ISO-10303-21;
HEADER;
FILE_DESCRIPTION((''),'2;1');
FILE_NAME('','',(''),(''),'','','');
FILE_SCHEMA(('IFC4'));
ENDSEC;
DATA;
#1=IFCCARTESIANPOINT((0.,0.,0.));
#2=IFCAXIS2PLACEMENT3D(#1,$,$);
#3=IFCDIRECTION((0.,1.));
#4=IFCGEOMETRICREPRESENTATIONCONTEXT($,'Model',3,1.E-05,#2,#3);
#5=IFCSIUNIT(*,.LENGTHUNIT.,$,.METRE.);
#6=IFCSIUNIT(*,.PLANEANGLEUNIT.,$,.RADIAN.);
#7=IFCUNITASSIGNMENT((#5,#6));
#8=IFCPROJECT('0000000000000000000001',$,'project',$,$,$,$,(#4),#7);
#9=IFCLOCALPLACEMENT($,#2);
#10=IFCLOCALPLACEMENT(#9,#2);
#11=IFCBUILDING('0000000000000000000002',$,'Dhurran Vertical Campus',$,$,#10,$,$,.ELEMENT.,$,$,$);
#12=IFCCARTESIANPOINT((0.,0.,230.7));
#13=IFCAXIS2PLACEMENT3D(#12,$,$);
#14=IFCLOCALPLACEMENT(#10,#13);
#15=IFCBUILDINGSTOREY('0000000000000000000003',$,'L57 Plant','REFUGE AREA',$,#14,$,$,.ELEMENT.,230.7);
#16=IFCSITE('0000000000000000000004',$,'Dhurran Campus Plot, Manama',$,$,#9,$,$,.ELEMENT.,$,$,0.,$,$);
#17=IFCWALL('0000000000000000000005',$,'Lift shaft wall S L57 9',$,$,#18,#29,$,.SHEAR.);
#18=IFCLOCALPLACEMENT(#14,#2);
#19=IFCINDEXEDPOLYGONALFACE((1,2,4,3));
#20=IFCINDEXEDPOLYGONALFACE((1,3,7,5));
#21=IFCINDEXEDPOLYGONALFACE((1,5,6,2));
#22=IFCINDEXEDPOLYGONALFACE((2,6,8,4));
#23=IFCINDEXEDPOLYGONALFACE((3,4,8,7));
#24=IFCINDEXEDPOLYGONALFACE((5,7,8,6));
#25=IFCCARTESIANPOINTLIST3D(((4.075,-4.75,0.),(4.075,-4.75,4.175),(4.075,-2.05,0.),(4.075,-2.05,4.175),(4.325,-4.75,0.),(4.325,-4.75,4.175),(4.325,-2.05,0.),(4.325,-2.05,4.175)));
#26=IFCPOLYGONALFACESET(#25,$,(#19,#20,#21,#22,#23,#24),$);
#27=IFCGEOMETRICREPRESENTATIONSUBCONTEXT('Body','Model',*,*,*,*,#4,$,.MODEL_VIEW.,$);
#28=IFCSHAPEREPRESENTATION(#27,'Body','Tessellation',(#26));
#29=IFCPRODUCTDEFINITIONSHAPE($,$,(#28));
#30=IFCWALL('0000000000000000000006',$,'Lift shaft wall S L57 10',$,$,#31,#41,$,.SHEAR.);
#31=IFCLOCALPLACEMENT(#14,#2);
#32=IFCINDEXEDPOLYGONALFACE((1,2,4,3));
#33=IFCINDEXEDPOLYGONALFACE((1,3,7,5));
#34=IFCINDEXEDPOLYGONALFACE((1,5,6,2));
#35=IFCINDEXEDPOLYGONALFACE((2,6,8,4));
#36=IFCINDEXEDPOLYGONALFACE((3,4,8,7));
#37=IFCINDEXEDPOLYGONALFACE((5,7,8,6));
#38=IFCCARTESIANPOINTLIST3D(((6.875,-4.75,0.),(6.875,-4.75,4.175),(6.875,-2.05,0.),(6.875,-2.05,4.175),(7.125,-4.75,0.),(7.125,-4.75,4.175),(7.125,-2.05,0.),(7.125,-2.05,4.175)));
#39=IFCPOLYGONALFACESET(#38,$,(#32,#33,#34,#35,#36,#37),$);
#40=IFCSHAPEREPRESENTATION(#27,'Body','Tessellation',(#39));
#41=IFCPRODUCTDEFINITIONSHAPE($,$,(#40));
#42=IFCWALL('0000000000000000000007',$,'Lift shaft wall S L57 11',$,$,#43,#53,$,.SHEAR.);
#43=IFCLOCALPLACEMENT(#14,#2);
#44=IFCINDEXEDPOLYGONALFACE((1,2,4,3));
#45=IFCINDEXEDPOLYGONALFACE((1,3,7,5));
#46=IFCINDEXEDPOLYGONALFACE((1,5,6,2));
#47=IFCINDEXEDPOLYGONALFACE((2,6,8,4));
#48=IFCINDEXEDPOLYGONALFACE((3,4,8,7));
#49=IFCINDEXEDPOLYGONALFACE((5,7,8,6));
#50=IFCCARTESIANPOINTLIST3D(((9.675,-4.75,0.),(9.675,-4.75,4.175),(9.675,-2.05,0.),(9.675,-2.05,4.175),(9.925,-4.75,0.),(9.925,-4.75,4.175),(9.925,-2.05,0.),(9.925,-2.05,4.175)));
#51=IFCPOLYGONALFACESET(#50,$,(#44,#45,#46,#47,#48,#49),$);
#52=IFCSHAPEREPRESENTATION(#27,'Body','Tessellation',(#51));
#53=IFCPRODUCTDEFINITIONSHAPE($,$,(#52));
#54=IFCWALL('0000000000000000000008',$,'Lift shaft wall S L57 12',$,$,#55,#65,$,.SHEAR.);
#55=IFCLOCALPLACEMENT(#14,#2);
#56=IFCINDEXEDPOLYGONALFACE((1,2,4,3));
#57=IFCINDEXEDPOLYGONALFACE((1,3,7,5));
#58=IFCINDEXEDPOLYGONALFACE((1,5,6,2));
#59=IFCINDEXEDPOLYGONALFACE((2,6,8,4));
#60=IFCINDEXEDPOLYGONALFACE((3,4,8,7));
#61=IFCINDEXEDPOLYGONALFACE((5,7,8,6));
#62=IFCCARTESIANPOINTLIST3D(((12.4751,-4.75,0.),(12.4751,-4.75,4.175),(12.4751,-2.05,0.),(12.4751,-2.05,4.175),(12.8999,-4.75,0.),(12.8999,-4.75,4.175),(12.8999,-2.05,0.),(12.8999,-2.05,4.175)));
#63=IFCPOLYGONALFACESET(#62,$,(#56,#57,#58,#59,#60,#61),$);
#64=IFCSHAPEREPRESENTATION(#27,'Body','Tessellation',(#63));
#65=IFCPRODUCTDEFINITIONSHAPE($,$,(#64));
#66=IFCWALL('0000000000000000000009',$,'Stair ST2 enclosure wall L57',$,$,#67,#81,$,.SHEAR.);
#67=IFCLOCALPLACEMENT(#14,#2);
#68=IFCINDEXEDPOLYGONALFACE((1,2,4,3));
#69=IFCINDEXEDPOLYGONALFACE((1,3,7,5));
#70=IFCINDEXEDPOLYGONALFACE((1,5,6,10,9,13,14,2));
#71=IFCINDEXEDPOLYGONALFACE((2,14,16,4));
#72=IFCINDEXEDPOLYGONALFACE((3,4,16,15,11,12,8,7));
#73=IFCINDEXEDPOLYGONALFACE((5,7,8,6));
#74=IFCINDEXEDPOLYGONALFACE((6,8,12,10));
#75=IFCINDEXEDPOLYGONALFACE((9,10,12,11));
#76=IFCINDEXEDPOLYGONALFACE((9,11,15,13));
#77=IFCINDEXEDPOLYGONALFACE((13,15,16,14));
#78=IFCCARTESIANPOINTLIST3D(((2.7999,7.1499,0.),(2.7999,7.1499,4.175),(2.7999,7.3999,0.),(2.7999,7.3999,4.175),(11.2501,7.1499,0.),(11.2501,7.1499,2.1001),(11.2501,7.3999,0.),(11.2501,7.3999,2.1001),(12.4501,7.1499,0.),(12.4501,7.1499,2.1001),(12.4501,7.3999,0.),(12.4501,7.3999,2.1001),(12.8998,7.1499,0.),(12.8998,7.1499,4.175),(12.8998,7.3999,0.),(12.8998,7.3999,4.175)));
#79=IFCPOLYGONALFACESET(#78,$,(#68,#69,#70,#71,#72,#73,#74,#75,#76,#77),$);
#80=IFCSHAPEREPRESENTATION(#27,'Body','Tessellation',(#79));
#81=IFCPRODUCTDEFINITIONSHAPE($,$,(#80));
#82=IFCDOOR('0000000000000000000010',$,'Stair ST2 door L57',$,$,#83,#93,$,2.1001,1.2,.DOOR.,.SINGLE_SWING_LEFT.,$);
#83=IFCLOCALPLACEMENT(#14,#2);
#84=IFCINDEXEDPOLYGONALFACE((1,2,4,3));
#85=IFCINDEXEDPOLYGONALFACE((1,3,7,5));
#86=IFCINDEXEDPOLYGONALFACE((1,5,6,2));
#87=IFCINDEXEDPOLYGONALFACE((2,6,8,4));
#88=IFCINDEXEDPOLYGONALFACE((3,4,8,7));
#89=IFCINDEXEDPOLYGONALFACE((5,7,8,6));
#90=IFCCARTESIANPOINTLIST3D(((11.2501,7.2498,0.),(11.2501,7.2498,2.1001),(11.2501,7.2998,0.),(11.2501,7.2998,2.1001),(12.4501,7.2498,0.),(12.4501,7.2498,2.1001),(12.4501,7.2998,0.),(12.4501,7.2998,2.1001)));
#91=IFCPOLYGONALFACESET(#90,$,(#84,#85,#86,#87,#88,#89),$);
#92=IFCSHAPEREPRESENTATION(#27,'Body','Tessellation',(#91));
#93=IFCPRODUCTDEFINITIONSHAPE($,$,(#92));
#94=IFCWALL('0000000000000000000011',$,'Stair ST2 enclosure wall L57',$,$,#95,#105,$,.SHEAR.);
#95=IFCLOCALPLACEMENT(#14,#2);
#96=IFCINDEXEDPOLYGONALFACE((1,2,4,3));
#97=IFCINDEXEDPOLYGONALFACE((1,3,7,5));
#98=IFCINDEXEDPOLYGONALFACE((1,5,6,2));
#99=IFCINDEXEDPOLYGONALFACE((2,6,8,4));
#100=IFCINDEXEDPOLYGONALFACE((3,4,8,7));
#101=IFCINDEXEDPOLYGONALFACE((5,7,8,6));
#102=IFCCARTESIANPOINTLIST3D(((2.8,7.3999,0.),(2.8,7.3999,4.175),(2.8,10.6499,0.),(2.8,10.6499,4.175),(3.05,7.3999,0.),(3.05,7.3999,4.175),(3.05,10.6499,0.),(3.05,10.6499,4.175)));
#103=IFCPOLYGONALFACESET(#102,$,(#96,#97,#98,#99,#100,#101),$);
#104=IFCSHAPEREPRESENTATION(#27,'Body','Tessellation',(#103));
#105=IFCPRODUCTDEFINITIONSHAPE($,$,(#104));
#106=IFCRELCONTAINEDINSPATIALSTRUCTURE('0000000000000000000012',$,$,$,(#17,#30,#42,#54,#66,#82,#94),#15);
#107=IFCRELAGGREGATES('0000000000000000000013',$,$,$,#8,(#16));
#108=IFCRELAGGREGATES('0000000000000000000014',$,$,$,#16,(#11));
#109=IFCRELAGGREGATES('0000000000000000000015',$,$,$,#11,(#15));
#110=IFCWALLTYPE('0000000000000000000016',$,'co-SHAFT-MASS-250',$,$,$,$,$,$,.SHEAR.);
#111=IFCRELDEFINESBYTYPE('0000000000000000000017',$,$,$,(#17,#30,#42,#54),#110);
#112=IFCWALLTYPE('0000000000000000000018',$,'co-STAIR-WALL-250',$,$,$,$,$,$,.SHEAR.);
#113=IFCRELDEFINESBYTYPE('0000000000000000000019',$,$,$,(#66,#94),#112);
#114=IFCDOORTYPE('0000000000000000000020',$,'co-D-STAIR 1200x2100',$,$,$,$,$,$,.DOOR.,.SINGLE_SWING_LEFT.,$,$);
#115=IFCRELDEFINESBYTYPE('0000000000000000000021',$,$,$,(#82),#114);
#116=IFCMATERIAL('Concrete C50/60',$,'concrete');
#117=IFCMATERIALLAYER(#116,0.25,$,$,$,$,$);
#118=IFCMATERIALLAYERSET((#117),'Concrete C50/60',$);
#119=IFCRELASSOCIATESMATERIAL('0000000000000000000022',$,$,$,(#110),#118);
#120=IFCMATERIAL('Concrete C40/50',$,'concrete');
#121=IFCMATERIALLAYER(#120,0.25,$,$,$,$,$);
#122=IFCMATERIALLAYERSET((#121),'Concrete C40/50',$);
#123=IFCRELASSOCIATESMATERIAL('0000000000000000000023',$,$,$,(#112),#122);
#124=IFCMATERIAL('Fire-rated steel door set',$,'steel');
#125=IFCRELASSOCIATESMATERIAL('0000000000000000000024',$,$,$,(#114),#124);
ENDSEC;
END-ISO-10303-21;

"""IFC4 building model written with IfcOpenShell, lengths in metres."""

from ifc_helpers import new_model, si_unit, direction, frame, frame_2d, origin, place, context, subcontext, project, spatial, polyline, rectangle, outline, extrude, material, layer, layer_set, type_object, element, fill, save


model = new_model("IFC4")

# Units and contexts
model_context = context("Model", 3, precision=1e-05, world=origin(), true_north=direction((0.0, 1.0)))
body_context = subcontext(model_context, "Body", "Model", "MODEL_VIEW")
ifc_project = project(units=[si_unit("LENGTHUNIT", "METRE"), si_unit("PLANEANGLEUNIT", "RADIAN")], contexts=[model_context])

# Site, building, storey
site_placement = place(None, origin())
site = spatial("IfcSite", under=ifc_project, at=site_placement, Name="Dhurran Campus Plot, Manama", CompositionType="ELEMENT", RefElevation=0.0)
building_placement = place(site_placement, origin())
building = spatial("IfcBuilding", under=site, at=building_placement, Name="Dhurran Vertical Campus", CompositionType="ELEMENT")
storey_placement = place(building_placement, frame((0.0, 0.0, 230.7)))
storey = spatial("IfcBuildingStorey", under=building, at=storey_placement, Name="L57 Plant", Description="REFUGE AREA", CompositionType="ELEMENT", Elevation=230.7)

# Walls
ifc_material_1 = material(Name="Concrete C50/60", Category="concrete")
ifc_layer_1 = layer(ifc_material_1, 0.25)
ifc_layer_set_1 = layer_set([ifc_layer_1], Name="Concrete C50/60")
wall_type_1 = type_object("IfcWallType", Name="co-SHAFT-MASS-250", PredefinedType="SHEAR", material=ifc_layer_set_1)
wall_1_placement = place(storey_placement, origin())
element("IfcWall", 1, at=wall_1_placement, inside=storey, type_object=wall_type_1, Name="Lift shaft wall S L57 9", PredefinedType="SHEAR", context=body_context, shape_type="SweptSolid", body=[
    extrude(outline(polyline([(4.075, -4.75), (4.325, -4.75), (4.325, -2.05), (4.075, -2.05), (4.075, -4.75)])), origin(), (0.0, 0.0, 1.0), 4.175),
])
wall_2_placement = place(storey_placement, origin())
element("IfcWall", 2, at=wall_2_placement, inside=storey, type_object=wall_type_1, Name="Lift shaft wall S L57 10", PredefinedType="SHEAR", context=body_context, shape_type="SweptSolid", body=[
    extrude(outline(polyline([(6.875, -4.75), (7.125, -4.75), (7.125, -2.05), (6.875, -2.05), (6.875, -4.75)])), origin(), (0.0, 0.0, 1.0), 4.175),
])
wall_3_placement = place(storey_placement, origin())
element("IfcWall", 3, at=wall_3_placement, inside=storey, type_object=wall_type_1, Name="Lift shaft wall S L57 11", PredefinedType="SHEAR", context=body_context, shape_type="SweptSolid", body=[
    extrude(outline(polyline([(9.675, -4.75), (9.925, -4.75), (9.925, -2.05), (9.675, -2.05), (9.675, -4.75)])), origin(), (0.0, 0.0, 1.0), 4.175),
])
wall_4_placement = place(storey_placement, origin())
element("IfcWall", 4, at=wall_4_placement, inside=storey, type_object=wall_type_1, Name="Lift shaft wall S L57 12", PredefinedType="SHEAR", context=body_context, shape_type="SweptSolid", body=[
    extrude(outline(polyline([(12.4751, -4.75), (12.8999, -4.75), (12.8999, -2.05), (12.4751, -2.05), (12.4751, -4.75)])), origin(), (0.0, 0.0, 1.0), 4.175),
])

# Wall, opening, door
ifc_material_2 = material(Name="Concrete C40/50", Category="concrete")
ifc_layer_2 = layer(ifc_material_2, 0.25)
ifc_layer_set_2 = layer_set([ifc_layer_2], Name="Concrete C40/50")
wall_type_2 = type_object("IfcWallType", Name="co-STAIR-WALL-250", PredefinedType="SHEAR", material=ifc_layer_set_2)
wall_5_placement = place(storey_placement, frame((2.8, 7.2749, 0.0), z_axis=(0.0, 0.0, 1.0), x_axis=(1.0, 0.0, 0.0)))
wall_5 = element("IfcWall", 5, at=wall_5_placement, inside=storey, type_object=wall_type_2, Name="Stair ST2 enclosure wall L57", PredefinedType="SHEAR", context=body_context, shape_type="SweptSolid", body=[
    extrude(rectangle(XDim=10.0999, YDim=0.25, at=frame_2d((5.0498, 0.0))), origin(), (0.0, 0.0, 1.0), 4.175),
])
opening_1_placement = place(wall_5_placement, frame((8.45, 0.0, 0.0)))
opening_1 = element("IfcOpeningElement", 6, at=opening_1_placement, cuts=wall_5, PredefinedType="OPENING", context=body_context, shape_type="SweptSolid", body=[
    extrude(rectangle(XDim=1.2, YDim=2.1001, at=frame_2d((0.6001, 1.05))), frame((0.0, 0.135, 0.0), z_axis=(0.0, -1.0, 0.0), x_axis=(1.0, 0.0, 0.0)), (0.0, 0.0, 1.0), 0.27),
])
ifc_material_3 = material(Name="Fire-rated steel door set", Category="steel")
door_type_1 = type_object("IfcDoorType", Name="co-D-STAIR 1200x2100", OperationType="SINGLE_SWING_LEFT", PredefinedType="DOOR", material=ifc_material_3)
door_1_placement = place(opening_1_placement, origin())
door_1 = element("IfcDoor", 7, at=door_1_placement, inside=storey, type_object=door_type_1, Name="Stair ST2 door L57", OperationType="SINGLE_SWING_LEFT", OverallHeight=2.1001, OverallWidth=1.2, PredefinedType="DOOR", context=body_context, shape_type="SweptSolid", body=[
    extrude(rectangle(XDim=1.2, YDim=2.1001, at=frame_2d((0.6001, 1.05))), frame((0.0, 0.0249, 0.0), z_axis=(0.0, -1.0, 0.0), x_axis=(1.0, 0.0, 0.0)), (0.0, 0.0, 1.0), 0.05),
])
fill(opening_1, door_1)

# Wall
wall_6_placement = place(storey_placement, frame((2.925, 7.3999, 0.0), z_axis=(0.0, 0.0, 1.0), x_axis=(0.0, 1.0, 0.0)))
element("IfcWall", 8, at=wall_6_placement, inside=storey, type_object=wall_type_2, Name="Stair ST2 enclosure wall L57", PredefinedType="SHEAR", context=body_context, shape_type="SweptSolid", body=[
    extrude(rectangle(XDim=3.25, YDim=0.25, at=frame_2d((1.625, 0.0))), origin(), (0.0, 0.0, 1.0), 4.175),
])

save(model, "model.ifc")
